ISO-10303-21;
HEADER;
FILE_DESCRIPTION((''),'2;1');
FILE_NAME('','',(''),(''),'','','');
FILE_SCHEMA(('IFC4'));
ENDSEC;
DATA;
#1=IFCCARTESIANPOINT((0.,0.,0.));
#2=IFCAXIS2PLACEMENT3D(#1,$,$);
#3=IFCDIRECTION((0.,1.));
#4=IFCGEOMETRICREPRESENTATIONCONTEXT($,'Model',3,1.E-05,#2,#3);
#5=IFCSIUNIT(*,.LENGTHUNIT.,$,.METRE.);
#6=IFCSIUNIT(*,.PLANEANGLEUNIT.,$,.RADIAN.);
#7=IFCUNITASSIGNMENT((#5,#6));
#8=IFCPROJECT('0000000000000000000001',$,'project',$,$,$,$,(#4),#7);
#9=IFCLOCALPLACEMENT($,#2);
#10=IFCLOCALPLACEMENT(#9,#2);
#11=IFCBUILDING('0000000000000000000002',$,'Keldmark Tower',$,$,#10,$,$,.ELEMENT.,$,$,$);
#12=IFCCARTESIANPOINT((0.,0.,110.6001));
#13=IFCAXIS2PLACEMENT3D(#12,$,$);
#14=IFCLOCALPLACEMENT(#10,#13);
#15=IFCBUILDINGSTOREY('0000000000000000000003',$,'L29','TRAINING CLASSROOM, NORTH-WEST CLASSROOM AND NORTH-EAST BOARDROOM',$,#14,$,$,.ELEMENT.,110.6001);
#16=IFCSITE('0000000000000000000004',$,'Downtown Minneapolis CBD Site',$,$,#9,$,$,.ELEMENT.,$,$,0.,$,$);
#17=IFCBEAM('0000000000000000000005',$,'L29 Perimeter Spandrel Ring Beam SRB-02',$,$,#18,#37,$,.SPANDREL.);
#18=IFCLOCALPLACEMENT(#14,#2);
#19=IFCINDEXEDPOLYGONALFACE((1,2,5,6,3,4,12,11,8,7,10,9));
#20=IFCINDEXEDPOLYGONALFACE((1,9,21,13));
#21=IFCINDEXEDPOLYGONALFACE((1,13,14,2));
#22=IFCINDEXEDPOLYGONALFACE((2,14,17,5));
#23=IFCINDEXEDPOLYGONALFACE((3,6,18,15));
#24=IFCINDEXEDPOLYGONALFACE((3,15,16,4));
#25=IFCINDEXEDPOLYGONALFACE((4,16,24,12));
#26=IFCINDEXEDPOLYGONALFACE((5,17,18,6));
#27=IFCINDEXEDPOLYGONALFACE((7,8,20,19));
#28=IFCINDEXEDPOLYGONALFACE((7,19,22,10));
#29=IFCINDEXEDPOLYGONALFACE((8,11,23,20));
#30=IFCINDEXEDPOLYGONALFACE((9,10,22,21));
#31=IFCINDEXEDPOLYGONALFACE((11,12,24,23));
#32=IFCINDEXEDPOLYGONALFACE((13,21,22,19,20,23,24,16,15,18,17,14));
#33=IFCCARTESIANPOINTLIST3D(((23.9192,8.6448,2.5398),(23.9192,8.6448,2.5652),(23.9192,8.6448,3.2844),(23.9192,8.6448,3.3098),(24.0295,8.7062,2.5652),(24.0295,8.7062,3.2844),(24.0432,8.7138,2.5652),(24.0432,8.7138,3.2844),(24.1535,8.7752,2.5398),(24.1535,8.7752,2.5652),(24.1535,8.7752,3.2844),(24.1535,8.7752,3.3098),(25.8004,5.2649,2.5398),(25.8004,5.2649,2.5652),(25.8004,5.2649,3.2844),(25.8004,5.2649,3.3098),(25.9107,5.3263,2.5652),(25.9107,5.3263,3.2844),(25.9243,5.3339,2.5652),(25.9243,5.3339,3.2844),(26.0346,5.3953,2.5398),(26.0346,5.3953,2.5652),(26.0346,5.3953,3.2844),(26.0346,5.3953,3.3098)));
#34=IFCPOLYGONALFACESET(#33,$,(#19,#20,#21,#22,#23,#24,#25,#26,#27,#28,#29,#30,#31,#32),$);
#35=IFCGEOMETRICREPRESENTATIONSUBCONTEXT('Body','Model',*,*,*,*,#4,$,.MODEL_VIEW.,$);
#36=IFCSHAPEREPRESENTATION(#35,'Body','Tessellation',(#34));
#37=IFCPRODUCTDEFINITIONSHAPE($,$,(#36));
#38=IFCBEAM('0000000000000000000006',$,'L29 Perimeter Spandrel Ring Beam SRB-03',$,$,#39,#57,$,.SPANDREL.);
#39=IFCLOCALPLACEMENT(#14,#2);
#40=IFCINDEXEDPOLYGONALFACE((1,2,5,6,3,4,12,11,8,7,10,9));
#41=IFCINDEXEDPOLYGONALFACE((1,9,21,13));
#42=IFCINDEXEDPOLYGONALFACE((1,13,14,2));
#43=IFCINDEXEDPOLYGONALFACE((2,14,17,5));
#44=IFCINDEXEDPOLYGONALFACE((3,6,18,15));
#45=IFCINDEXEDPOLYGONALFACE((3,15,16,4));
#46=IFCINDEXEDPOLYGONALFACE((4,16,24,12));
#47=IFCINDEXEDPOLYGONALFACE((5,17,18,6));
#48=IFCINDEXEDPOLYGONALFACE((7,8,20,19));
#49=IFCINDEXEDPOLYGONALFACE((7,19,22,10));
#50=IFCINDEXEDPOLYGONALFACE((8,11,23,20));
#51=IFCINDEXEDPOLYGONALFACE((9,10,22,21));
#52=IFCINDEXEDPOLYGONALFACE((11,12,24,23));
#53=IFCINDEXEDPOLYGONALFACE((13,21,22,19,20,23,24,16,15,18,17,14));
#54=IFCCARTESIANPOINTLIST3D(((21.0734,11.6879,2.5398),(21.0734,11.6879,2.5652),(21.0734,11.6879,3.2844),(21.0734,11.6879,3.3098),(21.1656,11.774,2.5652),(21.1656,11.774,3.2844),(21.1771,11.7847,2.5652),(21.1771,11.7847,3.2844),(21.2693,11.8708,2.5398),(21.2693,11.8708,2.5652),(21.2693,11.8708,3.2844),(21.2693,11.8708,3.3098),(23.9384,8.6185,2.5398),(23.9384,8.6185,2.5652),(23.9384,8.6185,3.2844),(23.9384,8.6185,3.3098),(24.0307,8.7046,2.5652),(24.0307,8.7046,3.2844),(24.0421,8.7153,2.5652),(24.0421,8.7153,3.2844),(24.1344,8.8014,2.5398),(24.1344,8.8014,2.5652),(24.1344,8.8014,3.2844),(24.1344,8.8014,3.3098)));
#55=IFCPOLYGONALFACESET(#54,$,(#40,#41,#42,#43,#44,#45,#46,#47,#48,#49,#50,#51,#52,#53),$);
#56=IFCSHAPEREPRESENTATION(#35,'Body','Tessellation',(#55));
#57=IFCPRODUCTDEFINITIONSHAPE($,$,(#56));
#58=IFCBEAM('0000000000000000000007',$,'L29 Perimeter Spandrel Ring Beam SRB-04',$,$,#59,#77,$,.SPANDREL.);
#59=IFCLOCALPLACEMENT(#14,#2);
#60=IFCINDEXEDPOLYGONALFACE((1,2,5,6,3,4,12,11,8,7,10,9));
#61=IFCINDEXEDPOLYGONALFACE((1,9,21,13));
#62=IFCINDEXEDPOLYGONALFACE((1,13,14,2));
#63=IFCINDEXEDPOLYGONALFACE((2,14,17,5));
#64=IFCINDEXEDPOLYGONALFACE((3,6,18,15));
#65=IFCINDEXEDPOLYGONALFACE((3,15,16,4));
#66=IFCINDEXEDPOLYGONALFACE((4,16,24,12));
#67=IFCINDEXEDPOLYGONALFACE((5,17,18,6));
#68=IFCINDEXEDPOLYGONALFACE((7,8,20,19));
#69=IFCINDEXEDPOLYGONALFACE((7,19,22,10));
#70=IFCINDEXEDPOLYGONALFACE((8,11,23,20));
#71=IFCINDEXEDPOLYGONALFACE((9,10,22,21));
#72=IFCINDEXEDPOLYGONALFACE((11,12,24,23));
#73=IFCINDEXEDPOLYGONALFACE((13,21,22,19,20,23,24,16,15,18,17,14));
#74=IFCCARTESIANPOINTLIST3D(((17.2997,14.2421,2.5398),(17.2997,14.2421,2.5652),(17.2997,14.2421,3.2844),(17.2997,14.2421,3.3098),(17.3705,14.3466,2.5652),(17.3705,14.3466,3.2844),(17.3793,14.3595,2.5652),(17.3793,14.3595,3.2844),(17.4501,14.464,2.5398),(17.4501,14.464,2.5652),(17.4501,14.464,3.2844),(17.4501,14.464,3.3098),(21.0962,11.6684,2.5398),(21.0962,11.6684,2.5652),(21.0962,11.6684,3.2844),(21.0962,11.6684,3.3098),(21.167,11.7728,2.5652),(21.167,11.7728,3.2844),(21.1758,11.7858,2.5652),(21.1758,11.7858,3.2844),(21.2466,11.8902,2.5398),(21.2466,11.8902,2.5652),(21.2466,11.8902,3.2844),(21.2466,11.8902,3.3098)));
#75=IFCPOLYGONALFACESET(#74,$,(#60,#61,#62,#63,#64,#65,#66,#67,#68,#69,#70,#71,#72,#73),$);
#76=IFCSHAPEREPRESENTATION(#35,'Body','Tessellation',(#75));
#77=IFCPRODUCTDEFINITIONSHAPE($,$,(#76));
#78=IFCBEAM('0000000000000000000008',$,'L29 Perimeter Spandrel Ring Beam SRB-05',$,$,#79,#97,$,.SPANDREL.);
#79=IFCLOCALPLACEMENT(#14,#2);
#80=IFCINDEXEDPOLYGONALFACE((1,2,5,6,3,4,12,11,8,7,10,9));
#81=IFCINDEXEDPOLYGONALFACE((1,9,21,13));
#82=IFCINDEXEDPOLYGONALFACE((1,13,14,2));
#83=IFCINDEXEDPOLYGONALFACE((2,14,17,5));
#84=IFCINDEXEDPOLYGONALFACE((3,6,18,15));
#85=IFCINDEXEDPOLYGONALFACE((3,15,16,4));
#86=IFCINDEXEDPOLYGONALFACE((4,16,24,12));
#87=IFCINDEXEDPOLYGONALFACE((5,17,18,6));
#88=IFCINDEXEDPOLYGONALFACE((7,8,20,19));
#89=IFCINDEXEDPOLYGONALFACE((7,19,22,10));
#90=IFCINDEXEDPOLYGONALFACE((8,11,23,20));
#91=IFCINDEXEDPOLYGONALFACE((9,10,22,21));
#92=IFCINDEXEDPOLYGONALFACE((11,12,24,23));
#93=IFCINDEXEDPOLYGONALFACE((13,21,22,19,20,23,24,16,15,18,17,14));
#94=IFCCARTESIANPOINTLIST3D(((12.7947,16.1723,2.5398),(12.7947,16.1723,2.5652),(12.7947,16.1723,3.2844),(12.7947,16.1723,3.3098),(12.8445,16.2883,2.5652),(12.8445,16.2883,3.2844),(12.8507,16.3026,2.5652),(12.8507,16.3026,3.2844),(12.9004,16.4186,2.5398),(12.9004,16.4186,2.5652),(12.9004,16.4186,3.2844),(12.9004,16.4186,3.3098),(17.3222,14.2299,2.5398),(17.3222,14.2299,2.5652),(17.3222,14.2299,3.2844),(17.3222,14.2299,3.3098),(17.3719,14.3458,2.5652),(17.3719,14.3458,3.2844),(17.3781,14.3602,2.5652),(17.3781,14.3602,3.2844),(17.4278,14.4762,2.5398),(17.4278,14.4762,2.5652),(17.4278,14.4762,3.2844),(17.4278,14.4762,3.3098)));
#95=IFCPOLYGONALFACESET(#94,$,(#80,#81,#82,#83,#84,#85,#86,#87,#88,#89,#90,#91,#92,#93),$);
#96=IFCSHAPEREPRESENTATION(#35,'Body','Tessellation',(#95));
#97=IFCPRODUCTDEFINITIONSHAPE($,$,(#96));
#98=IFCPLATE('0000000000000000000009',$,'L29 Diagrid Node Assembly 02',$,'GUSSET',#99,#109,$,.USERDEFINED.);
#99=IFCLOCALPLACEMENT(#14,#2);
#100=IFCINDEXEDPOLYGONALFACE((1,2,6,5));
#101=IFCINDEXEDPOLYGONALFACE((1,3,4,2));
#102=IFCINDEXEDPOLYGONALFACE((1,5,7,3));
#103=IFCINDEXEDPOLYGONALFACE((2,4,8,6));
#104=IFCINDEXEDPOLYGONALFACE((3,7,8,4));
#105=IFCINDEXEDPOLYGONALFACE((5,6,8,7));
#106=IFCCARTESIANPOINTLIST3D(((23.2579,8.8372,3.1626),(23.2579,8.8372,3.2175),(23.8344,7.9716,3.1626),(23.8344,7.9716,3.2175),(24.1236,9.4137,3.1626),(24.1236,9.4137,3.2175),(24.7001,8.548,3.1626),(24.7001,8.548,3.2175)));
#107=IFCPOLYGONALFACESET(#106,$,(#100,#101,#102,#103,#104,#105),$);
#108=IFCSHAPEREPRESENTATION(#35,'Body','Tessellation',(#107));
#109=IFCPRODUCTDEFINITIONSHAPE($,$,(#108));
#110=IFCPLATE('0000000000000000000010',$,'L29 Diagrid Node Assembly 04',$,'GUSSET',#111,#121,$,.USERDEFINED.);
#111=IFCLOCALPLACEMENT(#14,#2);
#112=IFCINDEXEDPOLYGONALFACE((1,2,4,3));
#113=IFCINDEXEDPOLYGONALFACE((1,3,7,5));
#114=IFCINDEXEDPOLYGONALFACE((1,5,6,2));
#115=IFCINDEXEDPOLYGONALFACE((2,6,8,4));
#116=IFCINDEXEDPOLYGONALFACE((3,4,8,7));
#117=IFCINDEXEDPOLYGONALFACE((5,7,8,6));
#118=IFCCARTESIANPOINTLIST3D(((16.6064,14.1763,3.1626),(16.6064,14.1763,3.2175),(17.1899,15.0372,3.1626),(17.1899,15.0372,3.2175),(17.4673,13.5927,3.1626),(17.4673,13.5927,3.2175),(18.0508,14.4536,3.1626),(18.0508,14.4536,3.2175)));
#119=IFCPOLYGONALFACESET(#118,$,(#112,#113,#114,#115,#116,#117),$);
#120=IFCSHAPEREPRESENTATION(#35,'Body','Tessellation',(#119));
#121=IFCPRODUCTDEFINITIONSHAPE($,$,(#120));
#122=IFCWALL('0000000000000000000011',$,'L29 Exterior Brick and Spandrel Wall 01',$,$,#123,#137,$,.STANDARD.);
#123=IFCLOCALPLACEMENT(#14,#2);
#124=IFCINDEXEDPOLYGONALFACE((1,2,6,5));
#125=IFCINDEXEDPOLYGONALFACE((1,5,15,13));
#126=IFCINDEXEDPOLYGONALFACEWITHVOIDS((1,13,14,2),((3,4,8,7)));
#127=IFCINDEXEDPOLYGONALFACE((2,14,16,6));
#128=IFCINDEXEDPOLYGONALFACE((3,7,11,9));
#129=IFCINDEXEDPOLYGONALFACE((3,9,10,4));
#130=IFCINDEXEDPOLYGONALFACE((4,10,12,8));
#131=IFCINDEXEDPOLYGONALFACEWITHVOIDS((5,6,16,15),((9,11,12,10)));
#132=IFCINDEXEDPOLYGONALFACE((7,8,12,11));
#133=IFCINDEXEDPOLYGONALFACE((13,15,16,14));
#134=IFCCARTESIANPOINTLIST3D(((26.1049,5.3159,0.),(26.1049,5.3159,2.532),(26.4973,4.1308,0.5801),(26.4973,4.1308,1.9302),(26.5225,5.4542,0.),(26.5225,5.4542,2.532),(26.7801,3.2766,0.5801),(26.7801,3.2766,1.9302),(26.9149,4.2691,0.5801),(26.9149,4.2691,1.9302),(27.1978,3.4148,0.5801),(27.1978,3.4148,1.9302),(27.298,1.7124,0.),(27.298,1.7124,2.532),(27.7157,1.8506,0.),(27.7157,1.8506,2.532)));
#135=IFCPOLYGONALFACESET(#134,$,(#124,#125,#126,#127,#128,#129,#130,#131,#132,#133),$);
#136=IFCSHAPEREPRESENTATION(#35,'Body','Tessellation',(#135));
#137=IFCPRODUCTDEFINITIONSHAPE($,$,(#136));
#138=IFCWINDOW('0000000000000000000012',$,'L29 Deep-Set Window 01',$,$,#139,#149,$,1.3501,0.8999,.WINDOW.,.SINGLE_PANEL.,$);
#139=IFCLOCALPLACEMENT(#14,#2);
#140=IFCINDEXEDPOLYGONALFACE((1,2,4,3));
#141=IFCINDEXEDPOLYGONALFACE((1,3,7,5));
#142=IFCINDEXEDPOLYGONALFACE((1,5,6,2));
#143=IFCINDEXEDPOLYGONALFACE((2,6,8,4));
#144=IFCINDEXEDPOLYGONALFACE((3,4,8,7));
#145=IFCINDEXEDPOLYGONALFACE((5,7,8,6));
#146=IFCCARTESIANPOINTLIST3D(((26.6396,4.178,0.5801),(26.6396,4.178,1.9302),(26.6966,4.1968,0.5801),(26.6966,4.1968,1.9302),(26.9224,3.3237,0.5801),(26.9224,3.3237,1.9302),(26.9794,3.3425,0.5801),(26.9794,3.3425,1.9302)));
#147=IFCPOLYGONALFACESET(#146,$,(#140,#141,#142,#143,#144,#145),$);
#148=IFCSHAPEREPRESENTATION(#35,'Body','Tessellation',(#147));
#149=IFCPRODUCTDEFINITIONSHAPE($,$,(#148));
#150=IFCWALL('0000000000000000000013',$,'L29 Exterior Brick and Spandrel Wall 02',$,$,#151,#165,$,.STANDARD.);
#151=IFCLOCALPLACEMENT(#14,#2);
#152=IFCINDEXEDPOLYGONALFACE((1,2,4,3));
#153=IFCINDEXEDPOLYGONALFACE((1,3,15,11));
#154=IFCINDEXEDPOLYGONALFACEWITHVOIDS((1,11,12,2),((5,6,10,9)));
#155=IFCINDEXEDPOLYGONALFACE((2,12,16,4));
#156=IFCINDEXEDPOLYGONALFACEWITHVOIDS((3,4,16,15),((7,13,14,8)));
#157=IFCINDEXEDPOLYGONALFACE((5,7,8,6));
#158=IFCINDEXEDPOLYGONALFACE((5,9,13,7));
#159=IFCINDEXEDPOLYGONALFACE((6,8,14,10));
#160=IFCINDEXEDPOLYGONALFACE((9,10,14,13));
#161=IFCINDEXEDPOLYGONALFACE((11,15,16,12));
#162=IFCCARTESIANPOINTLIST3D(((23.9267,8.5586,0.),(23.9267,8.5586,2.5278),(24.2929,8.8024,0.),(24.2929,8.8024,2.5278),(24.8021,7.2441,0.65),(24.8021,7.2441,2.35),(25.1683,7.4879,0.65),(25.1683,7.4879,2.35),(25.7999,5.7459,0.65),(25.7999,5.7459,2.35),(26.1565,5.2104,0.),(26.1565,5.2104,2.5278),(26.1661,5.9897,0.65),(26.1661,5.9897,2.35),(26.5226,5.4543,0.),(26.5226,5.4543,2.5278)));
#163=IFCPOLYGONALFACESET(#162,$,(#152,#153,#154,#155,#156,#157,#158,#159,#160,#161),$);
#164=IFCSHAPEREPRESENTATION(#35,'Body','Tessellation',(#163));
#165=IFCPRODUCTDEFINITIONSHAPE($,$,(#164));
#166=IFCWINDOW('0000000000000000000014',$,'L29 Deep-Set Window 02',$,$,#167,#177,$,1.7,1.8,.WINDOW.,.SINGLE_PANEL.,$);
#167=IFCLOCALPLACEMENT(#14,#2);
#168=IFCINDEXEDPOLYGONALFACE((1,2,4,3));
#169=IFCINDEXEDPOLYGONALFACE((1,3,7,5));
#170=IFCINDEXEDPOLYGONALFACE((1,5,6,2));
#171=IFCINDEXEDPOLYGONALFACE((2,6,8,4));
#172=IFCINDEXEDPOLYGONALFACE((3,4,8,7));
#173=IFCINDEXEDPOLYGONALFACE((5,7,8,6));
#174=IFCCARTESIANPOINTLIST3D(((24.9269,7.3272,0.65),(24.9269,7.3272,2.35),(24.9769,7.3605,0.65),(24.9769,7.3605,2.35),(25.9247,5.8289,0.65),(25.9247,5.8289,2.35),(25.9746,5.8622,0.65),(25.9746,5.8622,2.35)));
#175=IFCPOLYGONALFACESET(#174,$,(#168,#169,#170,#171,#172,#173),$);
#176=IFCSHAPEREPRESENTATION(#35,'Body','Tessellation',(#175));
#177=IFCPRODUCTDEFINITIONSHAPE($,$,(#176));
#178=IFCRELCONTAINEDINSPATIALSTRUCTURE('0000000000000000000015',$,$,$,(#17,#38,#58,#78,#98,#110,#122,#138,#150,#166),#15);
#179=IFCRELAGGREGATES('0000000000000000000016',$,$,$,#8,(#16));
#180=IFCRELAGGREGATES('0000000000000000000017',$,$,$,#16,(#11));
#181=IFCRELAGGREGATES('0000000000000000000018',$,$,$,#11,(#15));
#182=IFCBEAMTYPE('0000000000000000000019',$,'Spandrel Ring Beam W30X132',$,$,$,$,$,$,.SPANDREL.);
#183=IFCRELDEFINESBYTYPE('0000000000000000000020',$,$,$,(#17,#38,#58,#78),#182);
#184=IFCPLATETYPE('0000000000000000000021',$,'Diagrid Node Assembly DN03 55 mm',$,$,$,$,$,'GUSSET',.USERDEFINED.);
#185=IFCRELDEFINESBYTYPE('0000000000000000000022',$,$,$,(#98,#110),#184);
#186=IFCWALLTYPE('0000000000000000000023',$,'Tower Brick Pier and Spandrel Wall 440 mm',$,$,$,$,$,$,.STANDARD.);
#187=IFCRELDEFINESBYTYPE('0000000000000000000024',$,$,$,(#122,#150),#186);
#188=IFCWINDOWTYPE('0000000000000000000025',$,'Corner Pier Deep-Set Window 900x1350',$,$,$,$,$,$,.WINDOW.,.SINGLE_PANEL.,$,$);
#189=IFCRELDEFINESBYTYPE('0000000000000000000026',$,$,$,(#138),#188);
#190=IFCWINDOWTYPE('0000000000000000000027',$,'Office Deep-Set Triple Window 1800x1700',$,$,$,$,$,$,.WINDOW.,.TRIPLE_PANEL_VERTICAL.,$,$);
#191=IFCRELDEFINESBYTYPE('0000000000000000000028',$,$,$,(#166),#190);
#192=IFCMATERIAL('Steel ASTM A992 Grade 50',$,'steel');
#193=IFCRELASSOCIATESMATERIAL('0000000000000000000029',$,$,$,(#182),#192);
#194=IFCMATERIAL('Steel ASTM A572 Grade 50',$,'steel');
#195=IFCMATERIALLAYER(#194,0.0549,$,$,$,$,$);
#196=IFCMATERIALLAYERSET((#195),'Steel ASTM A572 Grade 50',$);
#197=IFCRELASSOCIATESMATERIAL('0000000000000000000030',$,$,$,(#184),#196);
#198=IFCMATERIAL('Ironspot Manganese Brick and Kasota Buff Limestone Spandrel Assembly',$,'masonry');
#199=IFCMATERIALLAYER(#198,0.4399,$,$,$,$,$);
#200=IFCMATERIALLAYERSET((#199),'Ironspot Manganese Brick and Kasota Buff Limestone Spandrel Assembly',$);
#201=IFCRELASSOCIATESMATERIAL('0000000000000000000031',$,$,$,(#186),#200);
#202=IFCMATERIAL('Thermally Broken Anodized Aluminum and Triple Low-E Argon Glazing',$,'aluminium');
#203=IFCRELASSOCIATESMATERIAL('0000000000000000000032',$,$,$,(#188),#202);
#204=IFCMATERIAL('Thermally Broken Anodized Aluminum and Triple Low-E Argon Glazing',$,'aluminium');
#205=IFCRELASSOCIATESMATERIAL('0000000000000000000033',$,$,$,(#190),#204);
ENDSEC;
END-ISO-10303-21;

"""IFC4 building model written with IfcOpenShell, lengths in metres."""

from ifc_helpers import new_model, si_unit, direction, frame, frame_2d, origin, origin_2d, place, context, subcontext, project, spatial, rectangle, i_section, extrude, material, layer, layer_set, material_profile, profile_set, type_object, element, fill, save


model = new_model("IFC4")

# Units and contexts
model_context = context("Model", 3, precision=1e-05, world=origin(), true_north=direction((0.0, 1.0)))
body_context = subcontext(model_context, "Body", "Model", "MODEL_VIEW")
ifc_project = project(units=[si_unit("LENGTHUNIT", "METRE"), si_unit("PLANEANGLEUNIT", "RADIAN")], contexts=[model_context])

# Site, building, storey
site_placement = place(None, origin())
site = spatial("IfcSite", under=ifc_project, at=site_placement, Name="Downtown Minneapolis CBD Site", CompositionType="ELEMENT", RefElevation=0.0)
building_placement = place(site_placement, origin())
building = spatial("IfcBuilding", under=site, at=building_placement, Name="Keldmark Tower", CompositionType="ELEMENT")
storey_placement = place(building_placement, frame((0.0, 0.0, 110.6001)))
storey = spatial("IfcBuildingStorey", under=building, at=storey_placement, Name="L29", Description="TRAINING CLASSROOM, NORTH-WEST CLASSROOM AND NORTH-EAST BOARDROOM", CompositionType="ELEMENT", Elevation=110.6001)

# Beams
ifc_material_1 = material(Name="Steel ASTM A992 Grade 50", Category="steel")
ifc_material_profile_1 = material_profile(ifc_material_1, i_section(OverallWidth=0.2681, OverallDepth=0.77, WebThickness=0.0156, FlangeThickness=0.0254, at=origin_2d()), Name="W30X132")
ifc_profile_set_1 = profile_set([ifc_material_profile_1], Name="Steel ASTM A992 Grade 50")
beam_type_1 = type_object("IfcBeamType", Name="Spandrel Ring Beam W30X132", PredefinedType="SPANDREL", material=ifc_profile_set_1)
beam_1_placement = place(storey_placement, frame((25.9175, 5.3301, 2.9248), z_axis=(-0.486313, 0.873785, 0.0), x_axis=(-0.873785, -0.486313, 0.0)))
element("IfcBeam", 1, at=beam_1_placement, inside=storey, type_object=beam_type_1, Name="L29 Perimeter Spandrel Ring Beam SRB-02", PredefinedType="SPANDREL", context=body_context, shape_type="SweptSolid", body=[
    extrude(i_section(OverallWidth=0.2681, OverallDepth=0.77, WebThickness=0.0156, FlangeThickness=0.0254, at=origin_2d()), origin(), (0.0, 0.0, 1.0), 3.8682),
])
beam_2_placement = place(storey_placement, frame((24.0364, 8.71, 2.9248), z_axis=(-0.682353, 0.731022, 0.0), x_axis=(-0.731022, -0.682353, 0.0)))
element("IfcBeam", 2, at=beam_2_placement, inside=storey, type_object=beam_type_1, Name="L29 Perimeter Spandrel Ring Beam SRB-03", PredefinedType="SPANDREL", context=body_context, shape_type="SweptSolid", body=[
    extrude(i_section(OverallWidth=0.2681, OverallDepth=0.77, WebThickness=0.0156, FlangeThickness=0.0254, at=origin_2d()), origin(), (0.0, 0.0, 1.0), 4.1987),
])
beam_3_placement = place(storey_placement, frame((21.1714, 11.7793, 2.9248), z_axis=(-0.827718, 0.561145, 0.0), x_axis=(-0.561145, -0.827718, 0.0)))
element("IfcBeam", 3, at=beam_3_placement, inside=storey, type_object=beam_type_1, Name="L29 Perimeter Spandrel Ring Beam SRB-04", PredefinedType="SPANDREL", context=body_context, shape_type="SweptSolid", body=[
    extrude(i_section(OverallWidth=0.2681, OverallDepth=0.77, WebThickness=0.0156, FlangeThickness=0.0254, at=origin_2d()), origin(), (0.0, 0.0, 1.0), 4.5867),
])
beam_4_placement = place(storey_placement, frame((17.375, 14.353, 2.9248), z_axis=(-0.918991, 0.394278, 0.0), x_axis=(-0.394278, -0.918991, 0.0)))
element("IfcBeam", 4, at=beam_4_placement, inside=storey, type_object=beam_type_1, Name="L29 Perimeter Spandrel Ring Beam SRB-05", PredefinedType="SPANDREL", context=body_context, shape_type="SweptSolid", body=[
    extrude(i_section(OverallWidth=0.2681, OverallDepth=0.77, WebThickness=0.0156, FlangeThickness=0.0254, at=origin_2d()), origin(), (0.0, 0.0, 1.0), 4.9265),
])

# Plates
ifc_material_2 = material(Name="Steel ASTM A572 Grade 50", Category="steel")
ifc_layer_1 = layer(ifc_material_2, 0.0549)
ifc_layer_set_1 = layer_set([ifc_layer_1], Name="Steel ASTM A572 Grade 50")
plate_type = type_object("IfcPlateType", Name="Diagrid Node Assembly DN03 55 mm", ElementType="GUSSET", PredefinedType="USERDEFINED", material=ifc_layer_set_1)
for number, where, z_axis, x_axis, name in (
    (5, (23.979, 8.6926, 3.1626), (0.0, 0.0, 1.0), (-0.554263, 0.832341, 0.0), "L29 Diagrid Node Assembly 02"),
    (6, (17.3286, 14.3149, 3.1626), (0.0, 0.0, 1.0), (-0.827767, 0.561072, 0.0), "L29 Diagrid Node Assembly 04"),
):
    element("IfcPlate", number, at=place(storey_placement, frame(where, z_axis=z_axis, x_axis=x_axis)), inside=storey, type_object=plate_type, Name=name, ObjectType="GUSSET", PredefinedType="USERDEFINED", context=body_context, shape_type="SweptSolid", body=[
        extrude(rectangle(XDim=1.04, YDim=1.04, at=origin_2d()), origin(), (0.0, 0.0, 1.0), 0.0549),
    ])

# Walls, openings, windows
ifc_material_3 = material(Name="Ironspot Manganese Brick and Kasota Buff Limestone Spandrel Assembly", Category="masonry")
ifc_layer_2 = layer(ifc_material_3, 0.4399)
ifc_layer_set_2 = layer_set([ifc_layer_2], Name="Ironspot Manganese Brick and Kasota Buff Limestone Spandrel Assembly")
wall_type = type_object("IfcWallType", Name="Tower Brick Pier and Spandrel Wall 440 mm", PredefinedType="STANDARD", material=ifc_layer_set_2)
wall_1_placement = place(storey_placement, frame((26.3137, 5.385, 0.0), z_axis=(0.0, 0.0, 1.0), x_axis=(0.314317, -0.949318, 0.0)))
wall_1 = element("IfcWall", 7, at=wall_1_placement, inside=storey, type_object=wall_type, Name="L29 Exterior Brick and Spandrel Wall 01", PredefinedType="STANDARD", context=body_context, shape_type="SweptSolid", body=[
    extrude(rectangle(XDim=3.7959, YDim=0.4399, at=frame_2d((1.8979, 0.0))), origin(), (0.0, 0.0, 1.0), 2.532),
])
opening_1_placement = place(wall_1_placement, frame((1.2483, 0.0, 0.5801)))
opening_1 = element("IfcOpeningElement", 8, at=opening_1_placement, cuts=wall_1, PredefinedType="OPENING", context=body_context, shape_type="SweptSolid", body=[
    extrude(rectangle(XDim=0.8999, YDim=1.3501, at=frame_2d((0.45, 0.675))), frame((0.0, 0.23, 0.0), z_axis=(0.0, -1.0, 0.0), x_axis=(1.0, 0.0, 0.0)), (0.0, 0.0, 1.0), 0.46),
])
ifc_material_4 = material(Name="Thermally Broken Anodized Aluminum and Triple Low-E Argon Glazing", Category="aluminium")
window_type_1 = type_object("IfcWindowType", Name="Corner Pier Deep-Set Window 900x1350", PartitioningType="SINGLE_PANEL", PredefinedType="WINDOW", material=ifc_material_4)
window_1_placement = place(opening_1_placement, origin())
window_1 = element("IfcWindow", 9, at=window_1_placement, inside=storey, type_object=window_type_1, Name="L29 Deep-Set Window 01", OverallHeight=1.3501, OverallWidth=0.8999, PartitioningType="SINGLE_PANEL", PredefinedType="WINDOW", context=body_context, shape_type="SweptSolid", body=[
    extrude(rectangle(XDim=0.8999, YDim=1.3501, at=frame_2d((0.45, 0.675))), frame((0.0, -0.01, 0.0), z_axis=(0.0, -1.0, 0.0), x_axis=(1.0, 0.0, 0.0)), (0.0, 0.0, 1.0), 0.0601),
])
fill(opening_1, window_1)
wall_2_placement = place(storey_placement, frame((24.1099, 8.6804, 0.0), z_axis=(0.0, 0.0, 1.0), x_axis=(0.554294, -0.832321, 0.0)))
wall_2 = element("IfcWall", 10, at=wall_2_placement, inside=storey, type_object=wall_type, Name="L29 Exterior Brick and Spandrel Wall 02", PredefinedType="STANDARD", context=body_context, shape_type="SweptSolid", body=[
    extrude(rectangle(XDim=4.0227, YDim=0.4399, at=frame_2d((2.0112, 0.0))), origin(), (0.0, 0.0, 1.0), 2.5278),
])
opening_2_placement = place(wall_2_placement, frame((1.5793, 0.0, 0.6499)))
opening_2 = element("IfcOpeningElement", 11, at=opening_2_placement, cuts=wall_2, PredefinedType="OPENING", context=body_context, shape_type="SweptSolid", body=[
    extrude(rectangle(XDim=1.8, YDim=1.7, at=frame_2d((0.8999, 0.8501))), frame((0.0, 0.23, 0.0), z_axis=(0.0, -1.0, 0.0), x_axis=(1.0, 0.0, 0.0)), (0.0, 0.0, 1.0), 0.46),
])
ifc_material_5 = material(Name="Thermally Broken Anodized Aluminum and Triple Low-E Argon Glazing", Category="aluminium")
window_type_2 = type_object("IfcWindowType", Name="Office Deep-Set Triple Window 1800x1700", PartitioningType="TRIPLE_PANEL_VERTICAL", PredefinedType="WINDOW", material=ifc_material_5)
window_2_placement = place(opening_2_placement, origin())
window_2 = element("IfcWindow", 12, at=window_2_placement, inside=storey, type_object=window_type_2, Name="L29 Deep-Set Window 02", OverallHeight=1.7, OverallWidth=1.8, PartitioningType="SINGLE_PANEL", PredefinedType="WINDOW", context=body_context, shape_type="SweptSolid", body=[
    extrude(rectangle(XDim=1.8, YDim=1.7, at=frame_2d((0.8999, 0.8501))), frame((0.0, -0.01, 0.0), z_axis=(0.0, -1.0, 0.0), x_axis=(1.0, 0.0, 0.0)), (0.0, 0.0, 1.0), 0.0601),
])
fill(opening_2, window_2)

save(model, "model.ifc")
